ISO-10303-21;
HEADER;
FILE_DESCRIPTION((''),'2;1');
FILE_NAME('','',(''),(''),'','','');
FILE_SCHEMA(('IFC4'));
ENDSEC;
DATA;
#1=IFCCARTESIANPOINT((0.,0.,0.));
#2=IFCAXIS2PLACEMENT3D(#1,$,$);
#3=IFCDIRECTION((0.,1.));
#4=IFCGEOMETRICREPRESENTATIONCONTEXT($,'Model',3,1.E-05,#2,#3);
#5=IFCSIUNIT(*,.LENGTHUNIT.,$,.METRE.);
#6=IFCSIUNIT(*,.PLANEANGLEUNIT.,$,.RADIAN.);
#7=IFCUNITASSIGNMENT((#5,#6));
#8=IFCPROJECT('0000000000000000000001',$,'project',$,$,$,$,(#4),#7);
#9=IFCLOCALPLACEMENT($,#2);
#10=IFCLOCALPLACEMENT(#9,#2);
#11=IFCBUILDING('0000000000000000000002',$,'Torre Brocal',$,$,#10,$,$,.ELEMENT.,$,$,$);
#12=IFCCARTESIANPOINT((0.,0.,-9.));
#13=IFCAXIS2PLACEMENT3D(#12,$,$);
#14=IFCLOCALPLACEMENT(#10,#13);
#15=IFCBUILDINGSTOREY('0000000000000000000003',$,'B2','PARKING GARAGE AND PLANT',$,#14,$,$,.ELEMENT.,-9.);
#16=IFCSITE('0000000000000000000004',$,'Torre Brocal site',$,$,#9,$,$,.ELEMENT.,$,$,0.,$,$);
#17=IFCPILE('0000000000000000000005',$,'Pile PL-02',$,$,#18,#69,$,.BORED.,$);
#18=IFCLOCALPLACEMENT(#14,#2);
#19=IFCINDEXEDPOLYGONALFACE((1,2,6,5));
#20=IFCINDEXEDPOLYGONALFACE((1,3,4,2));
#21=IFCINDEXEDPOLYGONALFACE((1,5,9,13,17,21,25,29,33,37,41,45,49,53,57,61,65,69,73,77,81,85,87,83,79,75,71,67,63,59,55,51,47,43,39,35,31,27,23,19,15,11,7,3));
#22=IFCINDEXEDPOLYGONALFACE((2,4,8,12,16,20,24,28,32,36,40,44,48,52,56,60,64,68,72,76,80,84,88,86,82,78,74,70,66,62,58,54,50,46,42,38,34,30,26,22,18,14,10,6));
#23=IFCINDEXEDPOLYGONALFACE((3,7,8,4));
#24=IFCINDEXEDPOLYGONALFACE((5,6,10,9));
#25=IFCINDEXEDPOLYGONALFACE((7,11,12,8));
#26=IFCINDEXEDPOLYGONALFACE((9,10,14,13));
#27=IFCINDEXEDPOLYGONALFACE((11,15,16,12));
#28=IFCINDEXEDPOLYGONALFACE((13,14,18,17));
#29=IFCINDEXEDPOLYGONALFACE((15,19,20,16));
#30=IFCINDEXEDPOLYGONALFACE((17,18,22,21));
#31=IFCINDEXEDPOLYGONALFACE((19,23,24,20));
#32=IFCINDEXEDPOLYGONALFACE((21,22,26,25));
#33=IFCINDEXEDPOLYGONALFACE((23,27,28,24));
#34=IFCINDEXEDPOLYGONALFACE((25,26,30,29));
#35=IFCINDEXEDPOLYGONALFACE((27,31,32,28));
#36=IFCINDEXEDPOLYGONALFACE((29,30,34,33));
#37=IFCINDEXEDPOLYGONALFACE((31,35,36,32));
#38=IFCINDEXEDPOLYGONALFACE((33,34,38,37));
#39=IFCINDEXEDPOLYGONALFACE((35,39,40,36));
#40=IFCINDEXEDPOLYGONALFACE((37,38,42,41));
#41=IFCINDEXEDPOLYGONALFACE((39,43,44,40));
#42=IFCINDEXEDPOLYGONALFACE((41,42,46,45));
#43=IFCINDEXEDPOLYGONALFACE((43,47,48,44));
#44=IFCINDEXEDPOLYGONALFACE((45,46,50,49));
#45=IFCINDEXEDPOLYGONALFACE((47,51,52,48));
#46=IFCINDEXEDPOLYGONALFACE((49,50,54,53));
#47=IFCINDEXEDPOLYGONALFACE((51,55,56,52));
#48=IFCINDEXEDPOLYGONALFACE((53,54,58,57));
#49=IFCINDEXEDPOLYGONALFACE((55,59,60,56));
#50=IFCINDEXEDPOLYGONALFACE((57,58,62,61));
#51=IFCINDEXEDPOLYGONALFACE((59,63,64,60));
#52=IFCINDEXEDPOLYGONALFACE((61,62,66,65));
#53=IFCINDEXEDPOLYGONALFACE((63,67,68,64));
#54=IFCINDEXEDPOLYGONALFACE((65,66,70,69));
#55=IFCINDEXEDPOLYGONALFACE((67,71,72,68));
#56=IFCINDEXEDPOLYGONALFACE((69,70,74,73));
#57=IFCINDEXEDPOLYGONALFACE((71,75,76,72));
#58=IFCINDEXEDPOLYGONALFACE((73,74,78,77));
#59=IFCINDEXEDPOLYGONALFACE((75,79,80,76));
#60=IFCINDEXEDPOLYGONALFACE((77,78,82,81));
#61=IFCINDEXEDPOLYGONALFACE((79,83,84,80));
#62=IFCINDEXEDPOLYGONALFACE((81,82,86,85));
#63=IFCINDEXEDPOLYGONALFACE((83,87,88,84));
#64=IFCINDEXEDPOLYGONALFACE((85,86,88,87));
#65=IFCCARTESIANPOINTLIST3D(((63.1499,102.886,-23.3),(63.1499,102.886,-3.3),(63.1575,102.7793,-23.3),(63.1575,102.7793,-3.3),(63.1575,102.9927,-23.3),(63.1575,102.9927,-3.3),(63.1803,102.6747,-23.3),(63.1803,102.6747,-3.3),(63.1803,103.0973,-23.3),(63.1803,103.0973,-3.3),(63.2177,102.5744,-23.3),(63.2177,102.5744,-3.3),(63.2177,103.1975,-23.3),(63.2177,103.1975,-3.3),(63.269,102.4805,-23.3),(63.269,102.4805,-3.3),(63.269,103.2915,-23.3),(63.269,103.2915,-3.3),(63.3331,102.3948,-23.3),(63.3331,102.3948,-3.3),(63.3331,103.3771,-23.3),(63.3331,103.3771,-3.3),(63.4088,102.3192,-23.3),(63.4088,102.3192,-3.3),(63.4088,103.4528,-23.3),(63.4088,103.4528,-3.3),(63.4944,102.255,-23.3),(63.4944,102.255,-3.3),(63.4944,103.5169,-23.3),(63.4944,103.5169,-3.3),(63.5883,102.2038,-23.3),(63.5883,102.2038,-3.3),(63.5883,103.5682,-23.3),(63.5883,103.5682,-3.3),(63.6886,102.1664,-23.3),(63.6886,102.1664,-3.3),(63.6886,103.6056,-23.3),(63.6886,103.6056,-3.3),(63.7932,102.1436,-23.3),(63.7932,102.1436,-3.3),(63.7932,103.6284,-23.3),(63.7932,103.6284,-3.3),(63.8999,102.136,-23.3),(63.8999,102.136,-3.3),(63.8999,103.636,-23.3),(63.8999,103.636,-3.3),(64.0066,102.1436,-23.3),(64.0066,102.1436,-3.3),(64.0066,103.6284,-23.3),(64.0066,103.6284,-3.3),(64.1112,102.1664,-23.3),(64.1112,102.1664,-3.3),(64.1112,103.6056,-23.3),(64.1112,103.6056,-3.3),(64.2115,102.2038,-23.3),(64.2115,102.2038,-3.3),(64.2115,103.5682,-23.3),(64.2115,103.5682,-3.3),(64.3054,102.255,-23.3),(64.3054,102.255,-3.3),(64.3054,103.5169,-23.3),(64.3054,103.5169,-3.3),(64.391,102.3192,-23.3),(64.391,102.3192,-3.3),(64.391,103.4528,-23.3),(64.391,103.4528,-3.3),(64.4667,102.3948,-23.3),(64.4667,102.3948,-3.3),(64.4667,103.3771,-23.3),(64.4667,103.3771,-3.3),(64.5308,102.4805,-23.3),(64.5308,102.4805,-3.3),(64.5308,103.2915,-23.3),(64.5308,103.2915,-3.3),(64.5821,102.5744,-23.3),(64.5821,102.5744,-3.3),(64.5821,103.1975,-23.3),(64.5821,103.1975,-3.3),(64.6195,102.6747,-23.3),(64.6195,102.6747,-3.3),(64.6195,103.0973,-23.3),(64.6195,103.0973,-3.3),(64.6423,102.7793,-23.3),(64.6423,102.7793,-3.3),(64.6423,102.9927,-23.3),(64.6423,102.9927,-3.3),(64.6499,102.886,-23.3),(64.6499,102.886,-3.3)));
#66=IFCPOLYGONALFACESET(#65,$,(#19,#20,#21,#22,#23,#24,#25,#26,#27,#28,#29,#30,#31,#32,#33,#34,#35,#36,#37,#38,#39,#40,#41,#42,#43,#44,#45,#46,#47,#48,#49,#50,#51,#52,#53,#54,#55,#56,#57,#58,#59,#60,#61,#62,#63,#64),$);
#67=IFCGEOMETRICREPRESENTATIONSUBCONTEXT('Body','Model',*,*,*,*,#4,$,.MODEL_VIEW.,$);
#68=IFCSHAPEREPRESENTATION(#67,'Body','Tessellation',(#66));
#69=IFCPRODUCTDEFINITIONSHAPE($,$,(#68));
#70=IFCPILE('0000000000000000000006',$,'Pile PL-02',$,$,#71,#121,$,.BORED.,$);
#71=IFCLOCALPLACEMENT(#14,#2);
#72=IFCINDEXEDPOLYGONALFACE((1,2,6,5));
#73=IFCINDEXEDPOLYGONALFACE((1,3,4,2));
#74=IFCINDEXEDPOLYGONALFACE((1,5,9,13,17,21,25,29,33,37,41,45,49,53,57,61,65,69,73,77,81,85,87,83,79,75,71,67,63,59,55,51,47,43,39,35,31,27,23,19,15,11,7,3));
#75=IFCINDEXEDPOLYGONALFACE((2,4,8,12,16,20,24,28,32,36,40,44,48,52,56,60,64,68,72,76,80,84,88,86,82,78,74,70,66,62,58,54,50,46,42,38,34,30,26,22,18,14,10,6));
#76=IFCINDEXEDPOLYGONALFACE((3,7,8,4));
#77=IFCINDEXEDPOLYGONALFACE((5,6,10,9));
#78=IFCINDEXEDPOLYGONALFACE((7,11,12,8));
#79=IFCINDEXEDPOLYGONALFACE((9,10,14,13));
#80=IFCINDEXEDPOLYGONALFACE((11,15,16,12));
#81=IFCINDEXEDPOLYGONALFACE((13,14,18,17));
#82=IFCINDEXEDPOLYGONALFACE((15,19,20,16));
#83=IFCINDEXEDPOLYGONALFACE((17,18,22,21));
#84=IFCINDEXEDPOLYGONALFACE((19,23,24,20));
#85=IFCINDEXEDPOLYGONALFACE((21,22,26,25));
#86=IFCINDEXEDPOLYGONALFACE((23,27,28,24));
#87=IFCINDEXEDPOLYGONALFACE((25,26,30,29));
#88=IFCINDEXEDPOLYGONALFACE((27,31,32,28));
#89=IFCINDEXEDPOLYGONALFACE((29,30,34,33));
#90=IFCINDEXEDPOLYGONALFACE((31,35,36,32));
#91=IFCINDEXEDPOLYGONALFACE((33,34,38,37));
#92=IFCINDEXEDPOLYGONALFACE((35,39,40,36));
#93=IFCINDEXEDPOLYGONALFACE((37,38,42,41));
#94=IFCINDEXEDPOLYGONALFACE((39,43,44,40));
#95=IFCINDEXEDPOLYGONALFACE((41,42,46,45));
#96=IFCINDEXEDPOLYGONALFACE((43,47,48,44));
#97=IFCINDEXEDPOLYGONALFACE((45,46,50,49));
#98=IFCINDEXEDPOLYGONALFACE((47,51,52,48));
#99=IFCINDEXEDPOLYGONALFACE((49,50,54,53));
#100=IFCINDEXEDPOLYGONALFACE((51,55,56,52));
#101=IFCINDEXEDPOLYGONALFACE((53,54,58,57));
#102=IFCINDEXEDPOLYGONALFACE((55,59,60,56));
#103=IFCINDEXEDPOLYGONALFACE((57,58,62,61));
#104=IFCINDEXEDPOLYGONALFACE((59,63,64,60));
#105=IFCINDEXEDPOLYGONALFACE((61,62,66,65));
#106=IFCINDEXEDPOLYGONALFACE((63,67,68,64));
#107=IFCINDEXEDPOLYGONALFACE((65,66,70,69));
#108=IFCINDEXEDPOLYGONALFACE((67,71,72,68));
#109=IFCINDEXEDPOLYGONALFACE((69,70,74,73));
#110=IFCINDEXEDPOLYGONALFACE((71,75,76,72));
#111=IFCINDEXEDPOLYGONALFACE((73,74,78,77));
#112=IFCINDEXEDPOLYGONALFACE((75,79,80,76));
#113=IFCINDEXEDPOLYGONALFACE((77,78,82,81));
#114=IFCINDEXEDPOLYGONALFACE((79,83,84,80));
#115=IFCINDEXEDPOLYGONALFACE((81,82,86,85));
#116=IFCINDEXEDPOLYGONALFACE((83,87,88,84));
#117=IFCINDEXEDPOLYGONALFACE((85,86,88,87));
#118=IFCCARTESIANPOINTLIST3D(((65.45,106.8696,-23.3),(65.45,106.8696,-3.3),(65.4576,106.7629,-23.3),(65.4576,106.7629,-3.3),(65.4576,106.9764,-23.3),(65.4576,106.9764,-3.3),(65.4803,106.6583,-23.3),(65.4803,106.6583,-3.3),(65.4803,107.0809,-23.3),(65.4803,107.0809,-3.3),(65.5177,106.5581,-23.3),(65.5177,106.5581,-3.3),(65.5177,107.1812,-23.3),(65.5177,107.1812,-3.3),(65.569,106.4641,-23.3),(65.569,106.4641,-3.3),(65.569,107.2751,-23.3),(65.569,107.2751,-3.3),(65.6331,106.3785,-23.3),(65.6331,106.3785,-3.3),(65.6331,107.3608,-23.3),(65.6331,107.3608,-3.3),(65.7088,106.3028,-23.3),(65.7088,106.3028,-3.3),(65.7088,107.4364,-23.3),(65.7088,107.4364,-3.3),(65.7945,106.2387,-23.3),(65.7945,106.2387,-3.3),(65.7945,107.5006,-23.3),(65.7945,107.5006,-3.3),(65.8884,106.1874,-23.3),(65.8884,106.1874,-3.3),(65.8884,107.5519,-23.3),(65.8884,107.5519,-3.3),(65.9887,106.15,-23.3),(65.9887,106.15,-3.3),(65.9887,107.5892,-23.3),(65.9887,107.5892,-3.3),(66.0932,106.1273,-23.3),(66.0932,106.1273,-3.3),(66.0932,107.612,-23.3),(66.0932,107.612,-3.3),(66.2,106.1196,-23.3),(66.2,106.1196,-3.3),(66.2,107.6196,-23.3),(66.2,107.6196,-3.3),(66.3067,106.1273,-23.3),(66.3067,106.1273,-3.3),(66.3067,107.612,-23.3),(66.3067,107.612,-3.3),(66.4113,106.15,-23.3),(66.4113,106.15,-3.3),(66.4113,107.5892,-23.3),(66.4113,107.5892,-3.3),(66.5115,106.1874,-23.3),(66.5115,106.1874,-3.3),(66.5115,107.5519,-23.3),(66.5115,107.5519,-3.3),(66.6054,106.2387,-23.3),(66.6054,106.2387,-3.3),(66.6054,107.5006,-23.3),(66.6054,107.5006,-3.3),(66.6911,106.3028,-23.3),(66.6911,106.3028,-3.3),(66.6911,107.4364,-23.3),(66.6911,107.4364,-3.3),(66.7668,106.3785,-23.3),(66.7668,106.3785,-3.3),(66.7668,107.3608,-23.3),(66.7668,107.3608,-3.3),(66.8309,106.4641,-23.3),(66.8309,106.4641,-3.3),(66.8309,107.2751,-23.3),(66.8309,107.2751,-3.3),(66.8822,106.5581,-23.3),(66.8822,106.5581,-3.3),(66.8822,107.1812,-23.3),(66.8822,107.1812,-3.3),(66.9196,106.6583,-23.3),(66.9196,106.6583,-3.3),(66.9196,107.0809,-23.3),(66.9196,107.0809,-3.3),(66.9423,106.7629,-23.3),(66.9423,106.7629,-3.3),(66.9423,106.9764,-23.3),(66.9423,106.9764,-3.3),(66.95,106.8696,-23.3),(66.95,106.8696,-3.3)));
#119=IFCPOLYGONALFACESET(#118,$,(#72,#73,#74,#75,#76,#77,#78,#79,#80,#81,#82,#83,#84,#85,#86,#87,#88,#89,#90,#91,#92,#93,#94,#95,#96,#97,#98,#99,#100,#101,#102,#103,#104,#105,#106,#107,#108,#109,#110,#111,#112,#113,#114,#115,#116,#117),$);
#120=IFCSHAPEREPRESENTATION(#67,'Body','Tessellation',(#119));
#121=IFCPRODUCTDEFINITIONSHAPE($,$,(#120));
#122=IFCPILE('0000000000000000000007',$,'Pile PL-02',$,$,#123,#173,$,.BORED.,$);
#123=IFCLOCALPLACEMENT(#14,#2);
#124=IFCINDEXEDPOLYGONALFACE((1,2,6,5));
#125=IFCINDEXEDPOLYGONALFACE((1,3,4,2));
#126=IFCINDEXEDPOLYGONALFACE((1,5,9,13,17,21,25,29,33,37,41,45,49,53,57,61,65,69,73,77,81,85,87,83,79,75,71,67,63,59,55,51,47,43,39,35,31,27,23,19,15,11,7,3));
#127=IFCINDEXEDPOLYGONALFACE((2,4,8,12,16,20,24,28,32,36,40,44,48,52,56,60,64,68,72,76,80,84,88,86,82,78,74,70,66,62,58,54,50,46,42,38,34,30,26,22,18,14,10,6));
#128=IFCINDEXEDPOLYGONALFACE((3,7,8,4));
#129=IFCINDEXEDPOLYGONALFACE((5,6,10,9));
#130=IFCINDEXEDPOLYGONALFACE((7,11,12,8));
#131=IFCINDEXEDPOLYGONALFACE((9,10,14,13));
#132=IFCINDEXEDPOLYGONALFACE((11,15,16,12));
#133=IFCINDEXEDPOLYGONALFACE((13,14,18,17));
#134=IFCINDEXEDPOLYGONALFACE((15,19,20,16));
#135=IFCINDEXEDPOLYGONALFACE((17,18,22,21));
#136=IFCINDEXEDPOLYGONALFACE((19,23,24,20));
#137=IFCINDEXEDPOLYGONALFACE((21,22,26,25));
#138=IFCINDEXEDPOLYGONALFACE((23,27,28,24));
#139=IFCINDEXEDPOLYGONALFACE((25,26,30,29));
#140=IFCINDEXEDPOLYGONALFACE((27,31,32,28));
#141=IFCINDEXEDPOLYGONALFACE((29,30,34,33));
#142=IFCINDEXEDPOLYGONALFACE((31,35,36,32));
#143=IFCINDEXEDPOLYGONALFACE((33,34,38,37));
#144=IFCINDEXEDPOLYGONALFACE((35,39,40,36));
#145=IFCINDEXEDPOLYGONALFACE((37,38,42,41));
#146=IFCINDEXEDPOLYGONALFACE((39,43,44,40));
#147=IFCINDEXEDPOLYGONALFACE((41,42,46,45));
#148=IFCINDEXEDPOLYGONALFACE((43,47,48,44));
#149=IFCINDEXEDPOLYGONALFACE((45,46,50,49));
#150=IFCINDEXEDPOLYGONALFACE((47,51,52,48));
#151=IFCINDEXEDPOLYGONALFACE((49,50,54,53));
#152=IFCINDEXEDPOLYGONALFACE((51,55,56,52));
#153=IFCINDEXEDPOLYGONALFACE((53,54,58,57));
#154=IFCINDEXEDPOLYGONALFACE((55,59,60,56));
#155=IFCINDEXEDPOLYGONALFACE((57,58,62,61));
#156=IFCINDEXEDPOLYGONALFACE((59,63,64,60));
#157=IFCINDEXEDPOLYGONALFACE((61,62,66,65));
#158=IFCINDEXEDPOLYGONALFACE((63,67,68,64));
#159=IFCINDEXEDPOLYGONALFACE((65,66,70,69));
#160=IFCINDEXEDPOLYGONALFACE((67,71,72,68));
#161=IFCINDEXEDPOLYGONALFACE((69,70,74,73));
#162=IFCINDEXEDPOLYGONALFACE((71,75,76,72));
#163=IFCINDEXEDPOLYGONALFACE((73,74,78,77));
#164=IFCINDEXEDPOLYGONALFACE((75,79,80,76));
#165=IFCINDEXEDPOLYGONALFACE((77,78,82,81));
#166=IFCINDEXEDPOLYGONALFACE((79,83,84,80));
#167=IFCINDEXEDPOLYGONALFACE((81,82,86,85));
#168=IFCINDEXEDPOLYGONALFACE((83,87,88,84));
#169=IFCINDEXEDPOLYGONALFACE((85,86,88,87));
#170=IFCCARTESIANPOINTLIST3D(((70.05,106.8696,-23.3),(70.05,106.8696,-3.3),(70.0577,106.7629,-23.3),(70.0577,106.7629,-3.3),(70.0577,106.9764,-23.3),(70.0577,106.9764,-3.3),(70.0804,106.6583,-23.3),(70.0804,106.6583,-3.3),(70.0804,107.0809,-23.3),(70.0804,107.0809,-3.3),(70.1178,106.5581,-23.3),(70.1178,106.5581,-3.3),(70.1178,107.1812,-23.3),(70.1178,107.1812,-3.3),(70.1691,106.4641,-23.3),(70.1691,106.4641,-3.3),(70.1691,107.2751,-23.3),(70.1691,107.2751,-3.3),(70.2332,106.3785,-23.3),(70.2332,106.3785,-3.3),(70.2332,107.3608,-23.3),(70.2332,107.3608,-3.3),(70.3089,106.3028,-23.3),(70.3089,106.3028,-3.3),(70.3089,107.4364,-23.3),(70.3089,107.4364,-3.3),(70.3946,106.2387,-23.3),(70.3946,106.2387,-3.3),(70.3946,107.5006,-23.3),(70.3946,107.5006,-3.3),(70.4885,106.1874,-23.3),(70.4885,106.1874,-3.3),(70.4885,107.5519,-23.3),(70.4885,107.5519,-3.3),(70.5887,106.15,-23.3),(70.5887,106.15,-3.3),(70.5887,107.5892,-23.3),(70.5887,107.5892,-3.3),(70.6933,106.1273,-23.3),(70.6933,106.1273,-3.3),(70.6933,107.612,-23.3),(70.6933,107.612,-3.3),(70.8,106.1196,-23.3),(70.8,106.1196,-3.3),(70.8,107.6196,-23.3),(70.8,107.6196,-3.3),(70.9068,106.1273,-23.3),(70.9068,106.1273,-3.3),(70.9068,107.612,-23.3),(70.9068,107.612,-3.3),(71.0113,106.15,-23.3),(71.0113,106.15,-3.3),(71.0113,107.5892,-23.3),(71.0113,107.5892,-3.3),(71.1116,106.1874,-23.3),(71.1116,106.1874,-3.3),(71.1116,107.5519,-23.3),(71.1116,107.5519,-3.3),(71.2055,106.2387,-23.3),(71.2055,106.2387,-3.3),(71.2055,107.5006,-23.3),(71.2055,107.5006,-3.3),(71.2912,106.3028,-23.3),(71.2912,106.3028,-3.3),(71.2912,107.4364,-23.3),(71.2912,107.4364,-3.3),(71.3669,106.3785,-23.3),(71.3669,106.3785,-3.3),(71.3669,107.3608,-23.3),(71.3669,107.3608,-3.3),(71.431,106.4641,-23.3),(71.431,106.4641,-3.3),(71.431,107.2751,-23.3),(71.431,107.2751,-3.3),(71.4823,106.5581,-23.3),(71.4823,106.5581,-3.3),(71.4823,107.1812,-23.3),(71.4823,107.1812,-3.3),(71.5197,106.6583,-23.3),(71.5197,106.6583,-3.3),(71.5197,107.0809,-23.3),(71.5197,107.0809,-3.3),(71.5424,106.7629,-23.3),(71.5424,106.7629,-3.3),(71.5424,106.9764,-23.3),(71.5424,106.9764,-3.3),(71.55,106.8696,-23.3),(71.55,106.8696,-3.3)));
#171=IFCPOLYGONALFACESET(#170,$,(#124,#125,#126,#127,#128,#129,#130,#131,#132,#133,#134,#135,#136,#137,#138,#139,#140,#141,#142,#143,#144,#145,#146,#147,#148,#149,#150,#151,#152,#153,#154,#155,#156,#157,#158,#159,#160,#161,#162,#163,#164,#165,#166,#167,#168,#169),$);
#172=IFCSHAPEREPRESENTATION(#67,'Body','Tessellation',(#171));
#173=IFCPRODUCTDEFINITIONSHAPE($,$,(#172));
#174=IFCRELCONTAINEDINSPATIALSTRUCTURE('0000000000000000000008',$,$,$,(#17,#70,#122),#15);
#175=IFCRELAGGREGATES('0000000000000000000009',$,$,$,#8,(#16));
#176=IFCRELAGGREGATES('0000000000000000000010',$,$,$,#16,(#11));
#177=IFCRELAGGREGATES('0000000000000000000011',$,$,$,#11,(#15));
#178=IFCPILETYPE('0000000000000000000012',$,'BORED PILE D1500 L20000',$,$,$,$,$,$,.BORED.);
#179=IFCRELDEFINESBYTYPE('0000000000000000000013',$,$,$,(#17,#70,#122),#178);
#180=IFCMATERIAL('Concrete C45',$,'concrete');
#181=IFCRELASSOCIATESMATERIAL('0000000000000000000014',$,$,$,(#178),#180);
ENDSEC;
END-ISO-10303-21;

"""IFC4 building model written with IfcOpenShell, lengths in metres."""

from ifc_helpers import new_model, si_unit, direction, frame, origin, origin_2d, place, context, subcontext, project, spatial, circle, extrude, material, material_profile, profile_set, type_object, element, save


model = new_model("IFC4")

# Units and contexts
model_context = context("Model", 3, precision=1e-05, world=origin(), true_north=direction((0.0, 1.0)))
body_context = subcontext(model_context, "Body", "Model", "MODEL_VIEW")
ifc_project = project(units=[si_unit("LENGTHUNIT", "METRE"), si_unit("PLANEANGLEUNIT", "RADIAN")], contexts=[model_context])

# Site, building, storey
site_placement = place(None, origin())
site = spatial("IfcSite", under=ifc_project, at=site_placement, Name="Torre Brocal site", CompositionType="ELEMENT", RefElevation=0.0)
building_placement = place(site_placement, origin())
building = spatial("IfcBuilding", under=site, at=building_placement, Name="Torre Brocal", CompositionType="ELEMENT")
storey_placement = place(building_placement, frame((0.0, 0.0, -9.0)))
storey = spatial("IfcBuildingStorey", under=building, at=storey_placement, Name="B2", Description="PARKING GARAGE AND PLANT", CompositionType="ELEMENT", Elevation=-9.0)

# Piles
ifc_material_1 = material(Name="Concrete C45", Category="concrete")
ifc_material_profile_1 = material_profile(ifc_material_1, circle(Radius=0.75, at=origin_2d()), Name="BORED PILE D1500")
ifc_profile_set_1 = profile_set([ifc_material_profile_1], Name="Concrete C45")
pile_type_1 = type_object("IfcPileType", Name="BORED PILE D1500 L20000", PredefinedType="BORED", material=ifc_profile_set_1)
for number, where, z_axis, x_axis, name in (
    (1, (63.8999, 102.886, -3.3), (0.0, 0.0, -1.0), (1.0, 0.0, 0.0), "Pile PL-02"),
    (2, (66.2, 106.8696, -3.3), (0.0, 0.0, -1.0), (1.0, 0.0, 0.0), "Pile PL-02"),
    (3, (70.8, 106.8696, -3.3), (0.0, 0.0, -1.0), (1.0, 0.0, 0.0), "Pile PL-02"),
):
    element("IfcPile", number, at=place(storey_placement, frame(where, z_axis=z_axis, x_axis=x_axis)), inside=storey, type_object=pile_type_1, Name=name, PredefinedType="BORED", context=body_context, shape_type="SweptSolid", body=[
        extrude(circle(Radius=0.75, at=origin_2d()), origin(), (0.0, 0.0, 1.0), 20.0),
    ])

save(model, "model.ifc")
